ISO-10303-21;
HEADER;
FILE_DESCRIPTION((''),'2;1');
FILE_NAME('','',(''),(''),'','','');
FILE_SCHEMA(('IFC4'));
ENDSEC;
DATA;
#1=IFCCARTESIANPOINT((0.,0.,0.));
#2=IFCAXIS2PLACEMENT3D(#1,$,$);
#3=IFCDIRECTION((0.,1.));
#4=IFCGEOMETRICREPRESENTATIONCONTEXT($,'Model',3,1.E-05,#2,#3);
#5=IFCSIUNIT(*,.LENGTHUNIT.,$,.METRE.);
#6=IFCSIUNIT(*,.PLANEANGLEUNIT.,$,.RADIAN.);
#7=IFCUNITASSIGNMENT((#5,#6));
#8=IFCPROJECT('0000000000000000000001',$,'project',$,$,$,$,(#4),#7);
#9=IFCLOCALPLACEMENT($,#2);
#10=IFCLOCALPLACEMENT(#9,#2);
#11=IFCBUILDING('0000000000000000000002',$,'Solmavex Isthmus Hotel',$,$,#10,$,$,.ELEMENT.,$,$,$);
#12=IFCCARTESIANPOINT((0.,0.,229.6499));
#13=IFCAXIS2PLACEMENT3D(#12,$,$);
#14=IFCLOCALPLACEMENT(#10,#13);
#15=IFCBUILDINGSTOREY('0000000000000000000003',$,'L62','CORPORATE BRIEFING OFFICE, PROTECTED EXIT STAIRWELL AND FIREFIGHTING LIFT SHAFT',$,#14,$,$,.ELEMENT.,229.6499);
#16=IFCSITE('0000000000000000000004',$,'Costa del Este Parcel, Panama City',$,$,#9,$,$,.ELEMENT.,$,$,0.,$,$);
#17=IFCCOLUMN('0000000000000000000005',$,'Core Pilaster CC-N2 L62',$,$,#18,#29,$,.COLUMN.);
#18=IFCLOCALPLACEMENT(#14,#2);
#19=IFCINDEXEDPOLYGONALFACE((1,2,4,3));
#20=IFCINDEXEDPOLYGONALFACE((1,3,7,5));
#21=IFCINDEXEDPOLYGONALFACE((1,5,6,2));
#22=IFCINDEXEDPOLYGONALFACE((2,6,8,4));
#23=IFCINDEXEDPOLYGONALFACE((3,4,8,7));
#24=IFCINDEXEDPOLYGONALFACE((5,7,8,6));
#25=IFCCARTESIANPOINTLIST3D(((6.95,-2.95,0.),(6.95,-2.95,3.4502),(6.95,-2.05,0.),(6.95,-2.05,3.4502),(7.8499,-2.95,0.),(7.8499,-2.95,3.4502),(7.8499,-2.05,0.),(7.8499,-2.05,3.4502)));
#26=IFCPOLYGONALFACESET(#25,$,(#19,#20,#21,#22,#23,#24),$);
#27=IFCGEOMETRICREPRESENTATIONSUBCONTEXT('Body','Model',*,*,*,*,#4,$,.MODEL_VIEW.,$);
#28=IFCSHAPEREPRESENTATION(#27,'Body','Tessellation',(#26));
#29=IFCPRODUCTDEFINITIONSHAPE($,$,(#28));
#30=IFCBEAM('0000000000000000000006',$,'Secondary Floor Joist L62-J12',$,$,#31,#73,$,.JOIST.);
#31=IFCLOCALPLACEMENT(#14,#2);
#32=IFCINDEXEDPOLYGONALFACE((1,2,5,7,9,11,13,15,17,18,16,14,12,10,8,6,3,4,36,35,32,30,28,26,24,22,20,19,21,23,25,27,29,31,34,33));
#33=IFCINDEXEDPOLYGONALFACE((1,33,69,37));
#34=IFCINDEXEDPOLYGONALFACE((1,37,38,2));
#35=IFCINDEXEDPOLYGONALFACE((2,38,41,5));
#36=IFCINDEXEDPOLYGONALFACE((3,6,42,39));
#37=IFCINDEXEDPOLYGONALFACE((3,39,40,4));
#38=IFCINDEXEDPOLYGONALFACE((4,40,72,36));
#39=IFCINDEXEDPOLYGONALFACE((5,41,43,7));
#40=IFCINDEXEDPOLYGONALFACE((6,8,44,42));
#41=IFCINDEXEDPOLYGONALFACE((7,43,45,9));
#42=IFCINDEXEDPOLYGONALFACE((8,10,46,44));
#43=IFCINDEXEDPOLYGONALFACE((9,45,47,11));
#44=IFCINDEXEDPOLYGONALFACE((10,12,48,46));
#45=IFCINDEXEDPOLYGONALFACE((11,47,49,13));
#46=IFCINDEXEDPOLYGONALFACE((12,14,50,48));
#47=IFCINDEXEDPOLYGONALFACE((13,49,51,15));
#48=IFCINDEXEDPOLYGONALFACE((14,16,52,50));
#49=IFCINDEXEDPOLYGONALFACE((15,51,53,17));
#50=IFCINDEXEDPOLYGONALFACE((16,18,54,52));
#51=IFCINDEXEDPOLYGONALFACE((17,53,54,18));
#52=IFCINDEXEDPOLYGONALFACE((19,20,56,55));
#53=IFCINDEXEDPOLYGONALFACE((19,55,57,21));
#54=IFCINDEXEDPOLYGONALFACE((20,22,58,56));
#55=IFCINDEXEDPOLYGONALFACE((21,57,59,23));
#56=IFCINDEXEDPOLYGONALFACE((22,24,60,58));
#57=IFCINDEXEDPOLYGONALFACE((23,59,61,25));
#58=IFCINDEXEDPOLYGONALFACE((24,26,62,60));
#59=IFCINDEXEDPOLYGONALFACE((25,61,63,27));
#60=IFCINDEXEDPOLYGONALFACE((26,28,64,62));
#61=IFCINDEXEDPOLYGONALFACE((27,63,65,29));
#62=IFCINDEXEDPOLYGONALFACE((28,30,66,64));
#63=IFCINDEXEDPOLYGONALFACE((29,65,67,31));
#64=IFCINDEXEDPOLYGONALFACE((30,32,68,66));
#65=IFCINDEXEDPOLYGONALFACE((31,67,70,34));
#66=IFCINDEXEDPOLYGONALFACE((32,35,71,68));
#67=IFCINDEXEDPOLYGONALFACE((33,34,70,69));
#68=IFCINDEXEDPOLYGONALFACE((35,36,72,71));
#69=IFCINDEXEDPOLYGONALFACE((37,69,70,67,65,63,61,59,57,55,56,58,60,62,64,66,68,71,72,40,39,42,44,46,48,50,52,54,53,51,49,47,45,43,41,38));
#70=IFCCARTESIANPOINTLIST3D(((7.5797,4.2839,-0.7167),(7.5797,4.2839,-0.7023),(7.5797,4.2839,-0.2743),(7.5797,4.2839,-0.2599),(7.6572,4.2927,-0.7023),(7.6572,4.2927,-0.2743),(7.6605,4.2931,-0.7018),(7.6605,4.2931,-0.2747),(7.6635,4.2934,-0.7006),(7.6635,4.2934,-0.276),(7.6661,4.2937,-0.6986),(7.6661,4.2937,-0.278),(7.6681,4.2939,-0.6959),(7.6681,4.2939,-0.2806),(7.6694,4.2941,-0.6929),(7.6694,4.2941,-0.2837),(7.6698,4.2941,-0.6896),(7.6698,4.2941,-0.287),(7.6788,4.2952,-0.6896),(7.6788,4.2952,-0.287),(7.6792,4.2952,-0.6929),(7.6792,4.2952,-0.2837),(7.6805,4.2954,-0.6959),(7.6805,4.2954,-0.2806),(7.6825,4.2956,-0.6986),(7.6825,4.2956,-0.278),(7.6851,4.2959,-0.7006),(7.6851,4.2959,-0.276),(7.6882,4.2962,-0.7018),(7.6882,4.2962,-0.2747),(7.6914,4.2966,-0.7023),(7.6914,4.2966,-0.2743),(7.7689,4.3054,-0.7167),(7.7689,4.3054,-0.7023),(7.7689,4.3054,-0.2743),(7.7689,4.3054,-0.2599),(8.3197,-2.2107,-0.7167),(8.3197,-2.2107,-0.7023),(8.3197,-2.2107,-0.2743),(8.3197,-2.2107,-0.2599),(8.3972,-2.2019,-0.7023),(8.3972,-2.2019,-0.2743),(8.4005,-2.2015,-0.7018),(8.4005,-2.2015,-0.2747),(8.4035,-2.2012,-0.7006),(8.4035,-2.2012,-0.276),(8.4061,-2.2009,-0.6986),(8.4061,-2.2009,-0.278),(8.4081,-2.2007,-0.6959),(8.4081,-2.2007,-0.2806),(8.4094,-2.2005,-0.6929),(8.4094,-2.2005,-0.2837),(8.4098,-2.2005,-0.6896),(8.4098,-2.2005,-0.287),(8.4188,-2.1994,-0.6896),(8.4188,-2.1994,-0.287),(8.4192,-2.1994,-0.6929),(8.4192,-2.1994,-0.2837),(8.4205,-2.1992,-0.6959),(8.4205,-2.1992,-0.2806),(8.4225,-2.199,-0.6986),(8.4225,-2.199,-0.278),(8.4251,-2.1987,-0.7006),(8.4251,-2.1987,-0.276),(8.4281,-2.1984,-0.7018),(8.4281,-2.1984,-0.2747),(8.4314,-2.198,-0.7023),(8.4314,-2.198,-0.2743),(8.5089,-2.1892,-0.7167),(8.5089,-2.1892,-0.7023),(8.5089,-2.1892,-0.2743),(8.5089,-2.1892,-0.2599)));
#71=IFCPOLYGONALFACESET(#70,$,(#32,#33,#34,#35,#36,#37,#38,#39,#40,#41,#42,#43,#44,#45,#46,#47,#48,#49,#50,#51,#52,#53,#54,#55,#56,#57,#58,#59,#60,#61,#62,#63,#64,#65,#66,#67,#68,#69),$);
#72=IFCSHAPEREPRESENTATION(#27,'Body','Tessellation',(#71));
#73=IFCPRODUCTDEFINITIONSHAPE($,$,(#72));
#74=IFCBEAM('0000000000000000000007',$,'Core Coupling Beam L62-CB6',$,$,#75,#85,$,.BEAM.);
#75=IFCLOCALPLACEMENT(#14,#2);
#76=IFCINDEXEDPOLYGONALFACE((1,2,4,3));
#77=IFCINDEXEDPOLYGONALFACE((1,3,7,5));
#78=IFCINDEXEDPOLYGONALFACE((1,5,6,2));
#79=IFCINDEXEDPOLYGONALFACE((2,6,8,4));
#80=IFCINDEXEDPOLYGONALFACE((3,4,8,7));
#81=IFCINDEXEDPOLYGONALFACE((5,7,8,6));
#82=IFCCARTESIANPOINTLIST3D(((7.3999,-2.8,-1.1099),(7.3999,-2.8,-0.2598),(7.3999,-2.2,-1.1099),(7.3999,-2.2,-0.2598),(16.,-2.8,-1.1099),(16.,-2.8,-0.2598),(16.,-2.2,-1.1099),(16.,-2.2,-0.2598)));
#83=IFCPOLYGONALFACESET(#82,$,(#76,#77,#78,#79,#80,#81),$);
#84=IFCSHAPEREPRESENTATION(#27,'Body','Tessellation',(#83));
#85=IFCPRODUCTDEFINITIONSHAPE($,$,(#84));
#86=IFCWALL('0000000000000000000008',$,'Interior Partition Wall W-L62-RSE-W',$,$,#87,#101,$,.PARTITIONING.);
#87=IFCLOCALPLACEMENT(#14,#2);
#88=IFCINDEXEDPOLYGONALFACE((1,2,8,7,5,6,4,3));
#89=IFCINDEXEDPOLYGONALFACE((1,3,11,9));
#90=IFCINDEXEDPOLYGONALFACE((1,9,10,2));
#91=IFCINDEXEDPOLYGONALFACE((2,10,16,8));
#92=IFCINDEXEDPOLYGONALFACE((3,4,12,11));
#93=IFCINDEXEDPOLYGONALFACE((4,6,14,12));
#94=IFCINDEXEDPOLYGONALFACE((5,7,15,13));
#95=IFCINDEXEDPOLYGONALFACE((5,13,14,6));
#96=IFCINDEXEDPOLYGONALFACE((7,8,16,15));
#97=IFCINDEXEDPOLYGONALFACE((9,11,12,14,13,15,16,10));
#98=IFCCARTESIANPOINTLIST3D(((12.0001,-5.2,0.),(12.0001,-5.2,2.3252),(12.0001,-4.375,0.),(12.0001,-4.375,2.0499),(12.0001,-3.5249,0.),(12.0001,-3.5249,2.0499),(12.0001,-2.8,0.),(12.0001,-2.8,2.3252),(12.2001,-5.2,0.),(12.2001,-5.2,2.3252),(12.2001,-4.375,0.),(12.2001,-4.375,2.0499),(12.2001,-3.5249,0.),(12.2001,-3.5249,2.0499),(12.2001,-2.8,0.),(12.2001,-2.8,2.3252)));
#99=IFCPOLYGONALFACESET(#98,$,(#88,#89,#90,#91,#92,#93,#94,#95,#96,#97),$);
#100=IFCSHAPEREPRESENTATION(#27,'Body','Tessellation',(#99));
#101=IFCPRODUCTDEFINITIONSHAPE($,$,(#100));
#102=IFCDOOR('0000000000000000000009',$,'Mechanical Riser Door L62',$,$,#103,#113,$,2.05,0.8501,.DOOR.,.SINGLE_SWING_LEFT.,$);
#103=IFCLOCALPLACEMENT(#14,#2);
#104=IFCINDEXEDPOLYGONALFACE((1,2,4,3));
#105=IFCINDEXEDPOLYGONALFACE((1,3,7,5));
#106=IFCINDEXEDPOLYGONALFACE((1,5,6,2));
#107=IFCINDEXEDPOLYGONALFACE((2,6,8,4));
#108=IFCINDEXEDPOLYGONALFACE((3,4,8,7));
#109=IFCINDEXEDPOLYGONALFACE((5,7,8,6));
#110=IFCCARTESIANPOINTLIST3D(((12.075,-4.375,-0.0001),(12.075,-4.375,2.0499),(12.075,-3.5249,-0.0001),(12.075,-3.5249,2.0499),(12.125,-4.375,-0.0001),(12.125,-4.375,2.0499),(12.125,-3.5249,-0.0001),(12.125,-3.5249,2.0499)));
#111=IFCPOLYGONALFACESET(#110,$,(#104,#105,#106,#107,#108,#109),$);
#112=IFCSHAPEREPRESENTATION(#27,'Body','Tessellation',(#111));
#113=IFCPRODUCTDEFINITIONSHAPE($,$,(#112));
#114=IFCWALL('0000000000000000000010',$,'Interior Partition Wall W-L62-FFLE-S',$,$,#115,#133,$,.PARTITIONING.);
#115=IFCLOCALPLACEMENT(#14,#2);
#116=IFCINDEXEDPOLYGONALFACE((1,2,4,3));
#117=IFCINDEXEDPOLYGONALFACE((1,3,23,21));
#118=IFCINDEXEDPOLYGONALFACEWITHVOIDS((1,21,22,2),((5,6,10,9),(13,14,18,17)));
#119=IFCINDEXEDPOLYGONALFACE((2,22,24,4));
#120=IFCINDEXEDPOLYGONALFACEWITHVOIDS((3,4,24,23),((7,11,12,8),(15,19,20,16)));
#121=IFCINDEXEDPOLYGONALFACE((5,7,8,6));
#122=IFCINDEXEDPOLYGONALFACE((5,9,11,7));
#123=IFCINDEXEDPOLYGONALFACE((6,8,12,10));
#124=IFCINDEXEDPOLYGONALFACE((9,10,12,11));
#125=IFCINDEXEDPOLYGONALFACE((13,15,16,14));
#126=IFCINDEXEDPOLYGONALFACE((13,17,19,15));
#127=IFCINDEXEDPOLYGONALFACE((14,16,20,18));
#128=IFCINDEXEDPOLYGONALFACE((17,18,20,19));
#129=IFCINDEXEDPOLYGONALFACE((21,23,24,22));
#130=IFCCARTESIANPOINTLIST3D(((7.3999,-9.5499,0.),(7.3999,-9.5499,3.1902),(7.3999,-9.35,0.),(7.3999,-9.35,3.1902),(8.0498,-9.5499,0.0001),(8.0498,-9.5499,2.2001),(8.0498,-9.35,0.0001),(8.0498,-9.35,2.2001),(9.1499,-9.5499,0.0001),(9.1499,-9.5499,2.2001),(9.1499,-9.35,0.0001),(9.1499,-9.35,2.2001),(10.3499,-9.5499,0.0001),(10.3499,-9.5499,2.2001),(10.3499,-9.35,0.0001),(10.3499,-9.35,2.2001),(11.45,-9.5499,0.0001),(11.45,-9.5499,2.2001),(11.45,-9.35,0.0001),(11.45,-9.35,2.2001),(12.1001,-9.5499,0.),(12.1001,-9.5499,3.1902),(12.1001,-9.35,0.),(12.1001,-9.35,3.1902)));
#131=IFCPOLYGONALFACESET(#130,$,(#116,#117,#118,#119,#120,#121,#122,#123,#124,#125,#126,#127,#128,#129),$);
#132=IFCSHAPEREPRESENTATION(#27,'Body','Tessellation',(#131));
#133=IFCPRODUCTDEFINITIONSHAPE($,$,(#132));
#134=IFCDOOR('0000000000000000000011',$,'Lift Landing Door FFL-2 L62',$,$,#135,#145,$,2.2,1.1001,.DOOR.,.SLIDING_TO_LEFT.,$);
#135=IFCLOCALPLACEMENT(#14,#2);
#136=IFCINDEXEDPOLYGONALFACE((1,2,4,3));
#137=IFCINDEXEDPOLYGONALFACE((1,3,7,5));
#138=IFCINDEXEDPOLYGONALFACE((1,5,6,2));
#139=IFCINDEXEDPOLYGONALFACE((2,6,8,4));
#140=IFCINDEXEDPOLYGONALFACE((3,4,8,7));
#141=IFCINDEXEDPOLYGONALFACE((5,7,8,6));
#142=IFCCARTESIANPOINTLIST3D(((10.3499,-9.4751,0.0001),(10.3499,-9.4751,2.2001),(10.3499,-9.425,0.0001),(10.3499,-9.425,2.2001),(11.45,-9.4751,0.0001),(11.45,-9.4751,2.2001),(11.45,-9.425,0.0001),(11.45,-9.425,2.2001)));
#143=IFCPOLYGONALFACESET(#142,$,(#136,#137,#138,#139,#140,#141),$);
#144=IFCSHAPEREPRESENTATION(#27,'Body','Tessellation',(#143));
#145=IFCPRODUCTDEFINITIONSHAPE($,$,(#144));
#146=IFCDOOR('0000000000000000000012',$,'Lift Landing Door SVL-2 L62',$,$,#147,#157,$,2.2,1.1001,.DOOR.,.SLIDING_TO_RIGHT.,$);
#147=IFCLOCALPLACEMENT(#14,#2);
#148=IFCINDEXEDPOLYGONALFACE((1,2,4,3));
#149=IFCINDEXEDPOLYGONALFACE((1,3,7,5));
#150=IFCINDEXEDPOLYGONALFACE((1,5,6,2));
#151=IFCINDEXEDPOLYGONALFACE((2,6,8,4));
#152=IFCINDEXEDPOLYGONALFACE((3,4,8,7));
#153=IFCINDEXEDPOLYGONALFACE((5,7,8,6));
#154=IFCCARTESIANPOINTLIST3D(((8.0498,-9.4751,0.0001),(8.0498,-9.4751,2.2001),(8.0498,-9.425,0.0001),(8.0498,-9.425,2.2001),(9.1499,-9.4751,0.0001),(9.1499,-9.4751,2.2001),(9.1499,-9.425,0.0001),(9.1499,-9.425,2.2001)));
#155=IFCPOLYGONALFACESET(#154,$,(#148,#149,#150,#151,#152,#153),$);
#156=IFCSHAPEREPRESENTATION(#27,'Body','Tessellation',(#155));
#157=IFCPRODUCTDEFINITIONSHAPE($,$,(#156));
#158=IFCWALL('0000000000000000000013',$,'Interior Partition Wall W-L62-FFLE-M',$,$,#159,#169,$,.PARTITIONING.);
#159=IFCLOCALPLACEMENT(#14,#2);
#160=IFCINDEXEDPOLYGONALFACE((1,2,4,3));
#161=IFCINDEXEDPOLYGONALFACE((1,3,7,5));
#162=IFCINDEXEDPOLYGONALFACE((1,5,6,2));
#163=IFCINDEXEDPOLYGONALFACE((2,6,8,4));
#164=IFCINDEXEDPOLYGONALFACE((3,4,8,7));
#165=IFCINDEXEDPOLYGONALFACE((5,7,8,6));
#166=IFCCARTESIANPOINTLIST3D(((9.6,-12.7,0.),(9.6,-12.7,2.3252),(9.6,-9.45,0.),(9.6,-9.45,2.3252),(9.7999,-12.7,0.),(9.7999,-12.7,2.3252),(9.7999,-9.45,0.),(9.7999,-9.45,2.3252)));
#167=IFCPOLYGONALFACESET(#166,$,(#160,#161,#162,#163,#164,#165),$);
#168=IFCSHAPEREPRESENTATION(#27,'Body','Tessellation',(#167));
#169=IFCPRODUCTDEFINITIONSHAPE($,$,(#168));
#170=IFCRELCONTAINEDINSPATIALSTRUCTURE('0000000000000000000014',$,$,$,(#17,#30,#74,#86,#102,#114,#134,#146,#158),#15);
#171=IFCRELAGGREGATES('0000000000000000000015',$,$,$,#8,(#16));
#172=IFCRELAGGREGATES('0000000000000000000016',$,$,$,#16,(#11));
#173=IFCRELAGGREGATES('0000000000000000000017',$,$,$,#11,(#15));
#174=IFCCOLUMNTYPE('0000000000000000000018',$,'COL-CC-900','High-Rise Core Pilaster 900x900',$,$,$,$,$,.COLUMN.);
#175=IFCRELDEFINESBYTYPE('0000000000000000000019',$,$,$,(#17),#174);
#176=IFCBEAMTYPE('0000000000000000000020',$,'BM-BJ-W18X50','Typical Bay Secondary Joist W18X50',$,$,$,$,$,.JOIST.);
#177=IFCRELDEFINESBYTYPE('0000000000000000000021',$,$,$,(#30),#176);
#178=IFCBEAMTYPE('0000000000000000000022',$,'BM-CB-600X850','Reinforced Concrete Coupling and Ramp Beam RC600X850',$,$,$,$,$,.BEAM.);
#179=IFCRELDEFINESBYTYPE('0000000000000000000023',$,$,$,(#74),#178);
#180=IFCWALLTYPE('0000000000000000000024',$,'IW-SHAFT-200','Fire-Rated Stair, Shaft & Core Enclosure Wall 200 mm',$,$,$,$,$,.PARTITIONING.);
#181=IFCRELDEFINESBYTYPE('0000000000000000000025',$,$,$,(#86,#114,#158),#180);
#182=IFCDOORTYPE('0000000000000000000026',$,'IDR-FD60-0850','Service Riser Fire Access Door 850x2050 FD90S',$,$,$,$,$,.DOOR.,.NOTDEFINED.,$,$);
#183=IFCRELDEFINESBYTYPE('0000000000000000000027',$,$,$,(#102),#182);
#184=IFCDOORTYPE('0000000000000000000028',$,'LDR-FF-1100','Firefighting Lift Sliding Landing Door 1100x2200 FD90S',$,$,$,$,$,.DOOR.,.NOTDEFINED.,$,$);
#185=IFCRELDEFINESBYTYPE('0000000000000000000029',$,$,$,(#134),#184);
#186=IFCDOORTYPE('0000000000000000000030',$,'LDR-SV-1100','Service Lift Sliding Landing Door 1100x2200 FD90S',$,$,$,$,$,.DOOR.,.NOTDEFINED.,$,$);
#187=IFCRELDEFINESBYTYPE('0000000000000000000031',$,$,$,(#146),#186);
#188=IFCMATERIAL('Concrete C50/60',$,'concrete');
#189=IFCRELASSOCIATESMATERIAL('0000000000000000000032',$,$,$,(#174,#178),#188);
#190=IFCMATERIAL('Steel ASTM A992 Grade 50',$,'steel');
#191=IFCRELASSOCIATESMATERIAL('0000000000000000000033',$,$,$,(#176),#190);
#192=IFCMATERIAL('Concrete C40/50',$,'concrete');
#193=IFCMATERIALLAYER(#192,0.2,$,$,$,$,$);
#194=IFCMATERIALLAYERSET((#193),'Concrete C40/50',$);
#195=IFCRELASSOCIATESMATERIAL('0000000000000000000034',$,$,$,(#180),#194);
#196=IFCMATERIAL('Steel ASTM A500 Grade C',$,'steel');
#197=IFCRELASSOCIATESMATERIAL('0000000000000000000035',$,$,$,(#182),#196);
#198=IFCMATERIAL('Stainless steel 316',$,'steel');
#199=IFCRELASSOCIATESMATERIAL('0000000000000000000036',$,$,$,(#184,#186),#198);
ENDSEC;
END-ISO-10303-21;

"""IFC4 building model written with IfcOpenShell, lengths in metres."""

from ifc_helpers import new_model, si_unit, direction, frame, frame_2d, origin, origin_2d, place, context, subcontext, project, spatial, rectangle, i_section, extrude, material, layer, layer_set, material_profile, profile_set, type_object, element, fill, save


model = new_model("IFC4")

# Units and contexts
model_context = context("Model", 3, precision=1e-05, world=origin(), true_north=direction((0.0, 1.0)))
body_context = subcontext(model_context, "Body", "Model", "MODEL_VIEW")
ifc_project = project(units=[si_unit("LENGTHUNIT", "METRE"), si_unit("PLANEANGLEUNIT", "RADIAN")], contexts=[model_context])

# Site, building, storey
site_placement = place(None, origin())
site = spatial("IfcSite", under=ifc_project, at=site_placement, Name="Costa del Este Parcel, Panama City", CompositionType="ELEMENT", RefElevation=0.0)
building_placement = place(site_placement, origin())
building = spatial("IfcBuilding", under=site, at=building_placement, Name="Solmavex Isthmus Hotel", CompositionType="ELEMENT")
storey_placement = place(building_placement, frame((0.0, 0.0, 229.6499)))
storey = spatial("IfcBuildingStorey", under=building, at=storey_placement, Name="L62", Description="CORPORATE BRIEFING OFFICE, PROTECTED EXIT STAIRWELL AND FIREFIGHTING LIFT SHAFT", CompositionType="ELEMENT", Elevation=229.6499)

# Column
ifc_material_1 = material(Name="Concrete C50/60", Category="concrete")
ifc_material_profile_1 = material_profile(ifc_material_1, rectangle(XDim=0.8999, YDim=0.8999, at=origin_2d()), Name="RC900X900")
ifc_profile_set_1 = profile_set([ifc_material_profile_1], Name="Concrete C50/60")
column_type = type_object("IfcColumnType", Name="COL-CC-900", Description="High-Rise Core Pilaster 900x900", PredefinedType="COLUMN", material=ifc_profile_set_1)
column_placement = place(storey_placement, frame((7.3999, -2.5, 0.0), z_axis=(0.0, 0.0, 1.0), x_axis=(1.0, 0.0, 0.0)))
element("IfcColumn", 1, at=column_placement, inside=storey, type_object=column_type, Name="Core Pilaster CC-N2 L62", PredefinedType="COLUMN", context=body_context, shape_type="SweptSolid", body=[
    extrude(rectangle(XDim=0.8999, YDim=0.8999, at=origin_2d()), origin(), (0.0, 0.0, 1.0), 3.4502),
])

# Beams
ifc_material_2 = material(Name="Steel ASTM A992 Grade 50", Category="steel")
ifc_material_profile_2 = material_profile(ifc_material_2, i_section(OverallWidth=0.1904, OverallDepth=0.4568, WebThickness=0.009, FlangeThickness=0.0144, FilletRadius=0.0127, at=origin_2d()), Name="W18X50")
ifc_profile_set_2 = profile_set([ifc_material_profile_2], Name="Steel ASTM A992 Grade 50")
beam_type_1 = type_object("IfcBeamType", Name="BM-BJ-W18X50", Description="Typical Bay Secondary Joist W18X50", PredefinedType="JOIST", material=ifc_profile_set_2)
beam_1_placement = place(storey_placement, frame((8.4143, -2.2, -0.4883), z_axis=(-0.113206, 0.993571, 0.0), x_axis=(-0.993571, -0.113206, 0.0)))
element("IfcBeam", 2, at=beam_1_placement, inside=storey, type_object=beam_type_1, Name="Secondary Floor Joist L62-J12", PredefinedType="JOIST", context=body_context, shape_type="SweptSolid", body=[
    extrude(i_section(OverallWidth=0.1904, OverallDepth=0.4568, WebThickness=0.009, FlangeThickness=0.0144, FilletRadius=0.0127, at=origin_2d()), origin(), (0.0, 0.0, 1.0), 6.5366),
])
ifc_material_profile_3 = material_profile(ifc_material_1, rectangle(XDim=0.6001, YDim=0.8501, at=origin_2d()), Name="RC600X850")
ifc_profile_set_3 = profile_set([ifc_material_profile_3], Name="Concrete C50/60")
beam_type_2 = type_object("IfcBeamType", Name="BM-CB-600X850", Description="Reinforced Concrete Coupling and Ramp Beam RC600X850", PredefinedType="BEAM", material=ifc_profile_set_3)
beam_2_placement = place(storey_placement, frame((7.3999, -2.5, -0.6848), z_axis=(1.0, 0.0, 0.0), x_axis=(0.0, 1.0, 0.0)))
element("IfcBeam", 3, at=beam_2_placement, inside=storey, type_object=beam_type_2, Name="Core Coupling Beam L62-CB6", PredefinedType="BEAM", context=body_context, shape_type="SweptSolid", body=[
    extrude(rectangle(XDim=0.6001, YDim=0.8501, at=origin_2d()), origin(), (0.0, 0.0, 1.0), 8.6001),
])

# Wall, opening, door
ifc_material_3 = material(Name="Concrete C40/50", Category="concrete")
ifc_layer_1 = layer(ifc_material_3, 0.2)
ifc_layer_set_1 = layer_set([ifc_layer_1], Name="Concrete C40/50")
wall_type_1 = type_object("IfcWallType", Name="IW-SHAFT-200", Description="Fire-Rated Stair, Shaft & Core Enclosure Wall 200 mm", PredefinedType="PARTITIONING", material=ifc_layer_set_1)
wall_1_placement = place(storey_placement, frame((12.1001, -5.2, 0.0), z_axis=(0.0, 0.0, 1.0), x_axis=(0.0, 1.0, 0.0)))
wall_1 = element("IfcWall", 4, at=wall_1_placement, inside=storey, type_object=wall_type_1, Name="Interior Partition Wall W-L62-RSE-W", PredefinedType="PARTITIONING", context=body_context, shape_type="SweptSolid", body=[
    extrude(rectangle(XDim=2.3999, YDim=0.2, at=frame_2d((1.2, 0.0))), origin(), (0.0, 0.0, 1.0), 2.3252),
])
opening_1_placement = place(wall_1_placement, frame((0.825, 0.0, 0.0)))
opening_1 = element("IfcOpeningElement", 5, at=opening_1_placement, cuts=wall_1, PredefinedType="OPENING", context=body_context, shape_type="SweptSolid", body=[
    extrude(rectangle(XDim=0.8501, YDim=2.05, at=frame_2d((0.425, 1.0249))), frame((0.0, 0.1099, 0.0), z_axis=(0.0, -1.0, 0.0), x_axis=(1.0, 0.0, 0.0)), (0.0, 0.0, 1.0), 0.22),
])
ifc_material_4 = material(Name="Steel ASTM A500 Grade C", Category="steel")
door_type_1 = type_object("IfcDoorType", Name="IDR-FD60-0850", Description="Service Riser Fire Access Door 850x2050 FD90S", OperationType="NOTDEFINED", PredefinedType="DOOR", material=ifc_material_4)
door_1_placement = place(opening_1_placement, frame((0.8501, 0.0, 0.0), z_axis=(0.0, 0.0, 1.0), x_axis=(-1.0, 0.0, 0.0)))
door_1 = element("IfcDoor", 6, at=door_1_placement, inside=storey, type_object=door_type_1, Name="Mechanical Riser Door L62", OperationType="SINGLE_SWING_LEFT", OverallHeight=2.05, OverallWidth=0.8501, PredefinedType="DOOR", context=body_context, shape_type="SweptSolid", body=[
    extrude(rectangle(XDim=0.8501, YDim=2.05, at=frame_2d((0.425, 1.0249))), frame((0.0, 0.0249, 0.0), z_axis=(0.0, -1.0, 0.0), x_axis=(1.0, 0.0, 0.0)), (0.0, 0.0, 1.0), 0.05),
])
fill(opening_1, door_1)

# Wall, openings, doors
wall_2_placement = place(storey_placement, frame((7.3999, -9.45, 0.0), z_axis=(0.0, 0.0, 1.0), x_axis=(1.0, 0.0, 0.0)))
wall_2 = element("IfcWall", 7, at=wall_2_placement, inside=storey, type_object=wall_type_1, Name="Interior Partition Wall W-L62-FFLE-S", PredefinedType="PARTITIONING", context=body_context, shape_type="SweptSolid", body=[
    extrude(rectangle(XDim=4.7002, YDim=0.2, at=frame_2d((2.3501, 0.0))), origin(), (0.0, 0.0, 1.0), 3.1902),
])
opening_2_placement = place(wall_2_placement, frame((2.95, 0.0, 0.0)))
opening_2 = element("IfcOpeningElement", 8, at=opening_2_placement, cuts=wall_2, PredefinedType="OPENING", context=body_context, shape_type="SweptSolid", body=[
    extrude(rectangle(XDim=1.1001, YDim=2.2, at=frame_2d((0.55, 1.1001))), frame((0.0, 0.1099, 0.0), z_axis=(0.0, -1.0, 0.0), x_axis=(1.0, 0.0, 0.0)), (0.0, 0.0, 1.0), 0.22),
])
opening_3_placement = place(wall_2_placement, frame((0.6499, 0.0, 0.0)))
opening_3 = element("IfcOpeningElement", 9, at=opening_3_placement, cuts=wall_2, PredefinedType="OPENING", context=body_context, shape_type="SweptSolid", body=[
    extrude(rectangle(XDim=1.1001, YDim=2.2, at=frame_2d((0.55, 1.1001))), frame((0.0, 0.1099, 0.0), z_axis=(0.0, -1.0, 0.0), x_axis=(1.0, 0.0, 0.0)), (0.0, 0.0, 1.0), 0.22),
])
ifc_material_5 = material(Name="Stainless steel 316", Category="steel")
door_type_2 = type_object("IfcDoorType", Name="LDR-FF-1100", Description="Firefighting Lift Sliding Landing Door 1100x2200 FD90S", OperationType="NOTDEFINED", PredefinedType="DOOR", material=ifc_material_5)
door_2_placement = place(opening_2_placement, origin())
door_2 = element("IfcDoor", 10, at=door_2_placement, inside=storey, type_object=door_type_2, Name="Lift Landing Door FFL-2 L62", OperationType="SLIDING_TO_LEFT", OverallHeight=2.2, OverallWidth=1.1001, PredefinedType="DOOR", context=body_context, shape_type="SweptSolid", body=[
    extrude(rectangle(XDim=1.1001, YDim=2.2, at=frame_2d((0.55, 1.1001))), frame((0.0, 0.0249, 0.0), z_axis=(0.0, -1.0, 0.0), x_axis=(1.0, 0.0, 0.0)), (0.0, 0.0, 1.0), 0.05),
])
fill(opening_2, door_2)
door_type_3 = type_object("IfcDoorType", Name="LDR-SV-1100", Description="Service Lift Sliding Landing Door 1100x2200 FD90S", OperationType="NOTDEFINED", PredefinedType="DOOR", material=ifc_material_5)
door_3_placement = place(opening_3_placement, origin())
door_3 = element("IfcDoor", 11, at=door_3_placement, inside=storey, type_object=door_type_3, Name="Lift Landing Door SVL-2 L62", OperationType="SLIDING_TO_RIGHT", OverallHeight=2.2, OverallWidth=1.1001, PredefinedType="DOOR", context=body_context, shape_type="SweptSolid", body=[
    extrude(rectangle(XDim=1.1001, YDim=2.2, at=frame_2d((0.55, 1.1001))), frame((0.0, 0.0249, 0.0), z_axis=(0.0, -1.0, 0.0), x_axis=(1.0, 0.0, 0.0)), (0.0, 0.0, 1.0), 0.05),
])
fill(opening_3, door_3)

# Wall
wall_3_placement = place(storey_placement, frame((9.7, -12.7, 0.0), z_axis=(0.0, 0.0, 1.0), x_axis=(0.0, 1.0, 0.0)))
element("IfcWall", 12, at=wall_3_placement, inside=storey, type_object=wall_type_1, Name="Interior Partition Wall W-L62-FFLE-M", PredefinedType="PARTITIONING", context=body_context, shape_type="SweptSolid", body=[
    extrude(rectangle(XDim=3.25, YDim=0.2, at=frame_2d((1.625, 0.0))), origin(), (0.0, 0.0, 1.0), 2.3252),
])

save(model, "model.ifc")
